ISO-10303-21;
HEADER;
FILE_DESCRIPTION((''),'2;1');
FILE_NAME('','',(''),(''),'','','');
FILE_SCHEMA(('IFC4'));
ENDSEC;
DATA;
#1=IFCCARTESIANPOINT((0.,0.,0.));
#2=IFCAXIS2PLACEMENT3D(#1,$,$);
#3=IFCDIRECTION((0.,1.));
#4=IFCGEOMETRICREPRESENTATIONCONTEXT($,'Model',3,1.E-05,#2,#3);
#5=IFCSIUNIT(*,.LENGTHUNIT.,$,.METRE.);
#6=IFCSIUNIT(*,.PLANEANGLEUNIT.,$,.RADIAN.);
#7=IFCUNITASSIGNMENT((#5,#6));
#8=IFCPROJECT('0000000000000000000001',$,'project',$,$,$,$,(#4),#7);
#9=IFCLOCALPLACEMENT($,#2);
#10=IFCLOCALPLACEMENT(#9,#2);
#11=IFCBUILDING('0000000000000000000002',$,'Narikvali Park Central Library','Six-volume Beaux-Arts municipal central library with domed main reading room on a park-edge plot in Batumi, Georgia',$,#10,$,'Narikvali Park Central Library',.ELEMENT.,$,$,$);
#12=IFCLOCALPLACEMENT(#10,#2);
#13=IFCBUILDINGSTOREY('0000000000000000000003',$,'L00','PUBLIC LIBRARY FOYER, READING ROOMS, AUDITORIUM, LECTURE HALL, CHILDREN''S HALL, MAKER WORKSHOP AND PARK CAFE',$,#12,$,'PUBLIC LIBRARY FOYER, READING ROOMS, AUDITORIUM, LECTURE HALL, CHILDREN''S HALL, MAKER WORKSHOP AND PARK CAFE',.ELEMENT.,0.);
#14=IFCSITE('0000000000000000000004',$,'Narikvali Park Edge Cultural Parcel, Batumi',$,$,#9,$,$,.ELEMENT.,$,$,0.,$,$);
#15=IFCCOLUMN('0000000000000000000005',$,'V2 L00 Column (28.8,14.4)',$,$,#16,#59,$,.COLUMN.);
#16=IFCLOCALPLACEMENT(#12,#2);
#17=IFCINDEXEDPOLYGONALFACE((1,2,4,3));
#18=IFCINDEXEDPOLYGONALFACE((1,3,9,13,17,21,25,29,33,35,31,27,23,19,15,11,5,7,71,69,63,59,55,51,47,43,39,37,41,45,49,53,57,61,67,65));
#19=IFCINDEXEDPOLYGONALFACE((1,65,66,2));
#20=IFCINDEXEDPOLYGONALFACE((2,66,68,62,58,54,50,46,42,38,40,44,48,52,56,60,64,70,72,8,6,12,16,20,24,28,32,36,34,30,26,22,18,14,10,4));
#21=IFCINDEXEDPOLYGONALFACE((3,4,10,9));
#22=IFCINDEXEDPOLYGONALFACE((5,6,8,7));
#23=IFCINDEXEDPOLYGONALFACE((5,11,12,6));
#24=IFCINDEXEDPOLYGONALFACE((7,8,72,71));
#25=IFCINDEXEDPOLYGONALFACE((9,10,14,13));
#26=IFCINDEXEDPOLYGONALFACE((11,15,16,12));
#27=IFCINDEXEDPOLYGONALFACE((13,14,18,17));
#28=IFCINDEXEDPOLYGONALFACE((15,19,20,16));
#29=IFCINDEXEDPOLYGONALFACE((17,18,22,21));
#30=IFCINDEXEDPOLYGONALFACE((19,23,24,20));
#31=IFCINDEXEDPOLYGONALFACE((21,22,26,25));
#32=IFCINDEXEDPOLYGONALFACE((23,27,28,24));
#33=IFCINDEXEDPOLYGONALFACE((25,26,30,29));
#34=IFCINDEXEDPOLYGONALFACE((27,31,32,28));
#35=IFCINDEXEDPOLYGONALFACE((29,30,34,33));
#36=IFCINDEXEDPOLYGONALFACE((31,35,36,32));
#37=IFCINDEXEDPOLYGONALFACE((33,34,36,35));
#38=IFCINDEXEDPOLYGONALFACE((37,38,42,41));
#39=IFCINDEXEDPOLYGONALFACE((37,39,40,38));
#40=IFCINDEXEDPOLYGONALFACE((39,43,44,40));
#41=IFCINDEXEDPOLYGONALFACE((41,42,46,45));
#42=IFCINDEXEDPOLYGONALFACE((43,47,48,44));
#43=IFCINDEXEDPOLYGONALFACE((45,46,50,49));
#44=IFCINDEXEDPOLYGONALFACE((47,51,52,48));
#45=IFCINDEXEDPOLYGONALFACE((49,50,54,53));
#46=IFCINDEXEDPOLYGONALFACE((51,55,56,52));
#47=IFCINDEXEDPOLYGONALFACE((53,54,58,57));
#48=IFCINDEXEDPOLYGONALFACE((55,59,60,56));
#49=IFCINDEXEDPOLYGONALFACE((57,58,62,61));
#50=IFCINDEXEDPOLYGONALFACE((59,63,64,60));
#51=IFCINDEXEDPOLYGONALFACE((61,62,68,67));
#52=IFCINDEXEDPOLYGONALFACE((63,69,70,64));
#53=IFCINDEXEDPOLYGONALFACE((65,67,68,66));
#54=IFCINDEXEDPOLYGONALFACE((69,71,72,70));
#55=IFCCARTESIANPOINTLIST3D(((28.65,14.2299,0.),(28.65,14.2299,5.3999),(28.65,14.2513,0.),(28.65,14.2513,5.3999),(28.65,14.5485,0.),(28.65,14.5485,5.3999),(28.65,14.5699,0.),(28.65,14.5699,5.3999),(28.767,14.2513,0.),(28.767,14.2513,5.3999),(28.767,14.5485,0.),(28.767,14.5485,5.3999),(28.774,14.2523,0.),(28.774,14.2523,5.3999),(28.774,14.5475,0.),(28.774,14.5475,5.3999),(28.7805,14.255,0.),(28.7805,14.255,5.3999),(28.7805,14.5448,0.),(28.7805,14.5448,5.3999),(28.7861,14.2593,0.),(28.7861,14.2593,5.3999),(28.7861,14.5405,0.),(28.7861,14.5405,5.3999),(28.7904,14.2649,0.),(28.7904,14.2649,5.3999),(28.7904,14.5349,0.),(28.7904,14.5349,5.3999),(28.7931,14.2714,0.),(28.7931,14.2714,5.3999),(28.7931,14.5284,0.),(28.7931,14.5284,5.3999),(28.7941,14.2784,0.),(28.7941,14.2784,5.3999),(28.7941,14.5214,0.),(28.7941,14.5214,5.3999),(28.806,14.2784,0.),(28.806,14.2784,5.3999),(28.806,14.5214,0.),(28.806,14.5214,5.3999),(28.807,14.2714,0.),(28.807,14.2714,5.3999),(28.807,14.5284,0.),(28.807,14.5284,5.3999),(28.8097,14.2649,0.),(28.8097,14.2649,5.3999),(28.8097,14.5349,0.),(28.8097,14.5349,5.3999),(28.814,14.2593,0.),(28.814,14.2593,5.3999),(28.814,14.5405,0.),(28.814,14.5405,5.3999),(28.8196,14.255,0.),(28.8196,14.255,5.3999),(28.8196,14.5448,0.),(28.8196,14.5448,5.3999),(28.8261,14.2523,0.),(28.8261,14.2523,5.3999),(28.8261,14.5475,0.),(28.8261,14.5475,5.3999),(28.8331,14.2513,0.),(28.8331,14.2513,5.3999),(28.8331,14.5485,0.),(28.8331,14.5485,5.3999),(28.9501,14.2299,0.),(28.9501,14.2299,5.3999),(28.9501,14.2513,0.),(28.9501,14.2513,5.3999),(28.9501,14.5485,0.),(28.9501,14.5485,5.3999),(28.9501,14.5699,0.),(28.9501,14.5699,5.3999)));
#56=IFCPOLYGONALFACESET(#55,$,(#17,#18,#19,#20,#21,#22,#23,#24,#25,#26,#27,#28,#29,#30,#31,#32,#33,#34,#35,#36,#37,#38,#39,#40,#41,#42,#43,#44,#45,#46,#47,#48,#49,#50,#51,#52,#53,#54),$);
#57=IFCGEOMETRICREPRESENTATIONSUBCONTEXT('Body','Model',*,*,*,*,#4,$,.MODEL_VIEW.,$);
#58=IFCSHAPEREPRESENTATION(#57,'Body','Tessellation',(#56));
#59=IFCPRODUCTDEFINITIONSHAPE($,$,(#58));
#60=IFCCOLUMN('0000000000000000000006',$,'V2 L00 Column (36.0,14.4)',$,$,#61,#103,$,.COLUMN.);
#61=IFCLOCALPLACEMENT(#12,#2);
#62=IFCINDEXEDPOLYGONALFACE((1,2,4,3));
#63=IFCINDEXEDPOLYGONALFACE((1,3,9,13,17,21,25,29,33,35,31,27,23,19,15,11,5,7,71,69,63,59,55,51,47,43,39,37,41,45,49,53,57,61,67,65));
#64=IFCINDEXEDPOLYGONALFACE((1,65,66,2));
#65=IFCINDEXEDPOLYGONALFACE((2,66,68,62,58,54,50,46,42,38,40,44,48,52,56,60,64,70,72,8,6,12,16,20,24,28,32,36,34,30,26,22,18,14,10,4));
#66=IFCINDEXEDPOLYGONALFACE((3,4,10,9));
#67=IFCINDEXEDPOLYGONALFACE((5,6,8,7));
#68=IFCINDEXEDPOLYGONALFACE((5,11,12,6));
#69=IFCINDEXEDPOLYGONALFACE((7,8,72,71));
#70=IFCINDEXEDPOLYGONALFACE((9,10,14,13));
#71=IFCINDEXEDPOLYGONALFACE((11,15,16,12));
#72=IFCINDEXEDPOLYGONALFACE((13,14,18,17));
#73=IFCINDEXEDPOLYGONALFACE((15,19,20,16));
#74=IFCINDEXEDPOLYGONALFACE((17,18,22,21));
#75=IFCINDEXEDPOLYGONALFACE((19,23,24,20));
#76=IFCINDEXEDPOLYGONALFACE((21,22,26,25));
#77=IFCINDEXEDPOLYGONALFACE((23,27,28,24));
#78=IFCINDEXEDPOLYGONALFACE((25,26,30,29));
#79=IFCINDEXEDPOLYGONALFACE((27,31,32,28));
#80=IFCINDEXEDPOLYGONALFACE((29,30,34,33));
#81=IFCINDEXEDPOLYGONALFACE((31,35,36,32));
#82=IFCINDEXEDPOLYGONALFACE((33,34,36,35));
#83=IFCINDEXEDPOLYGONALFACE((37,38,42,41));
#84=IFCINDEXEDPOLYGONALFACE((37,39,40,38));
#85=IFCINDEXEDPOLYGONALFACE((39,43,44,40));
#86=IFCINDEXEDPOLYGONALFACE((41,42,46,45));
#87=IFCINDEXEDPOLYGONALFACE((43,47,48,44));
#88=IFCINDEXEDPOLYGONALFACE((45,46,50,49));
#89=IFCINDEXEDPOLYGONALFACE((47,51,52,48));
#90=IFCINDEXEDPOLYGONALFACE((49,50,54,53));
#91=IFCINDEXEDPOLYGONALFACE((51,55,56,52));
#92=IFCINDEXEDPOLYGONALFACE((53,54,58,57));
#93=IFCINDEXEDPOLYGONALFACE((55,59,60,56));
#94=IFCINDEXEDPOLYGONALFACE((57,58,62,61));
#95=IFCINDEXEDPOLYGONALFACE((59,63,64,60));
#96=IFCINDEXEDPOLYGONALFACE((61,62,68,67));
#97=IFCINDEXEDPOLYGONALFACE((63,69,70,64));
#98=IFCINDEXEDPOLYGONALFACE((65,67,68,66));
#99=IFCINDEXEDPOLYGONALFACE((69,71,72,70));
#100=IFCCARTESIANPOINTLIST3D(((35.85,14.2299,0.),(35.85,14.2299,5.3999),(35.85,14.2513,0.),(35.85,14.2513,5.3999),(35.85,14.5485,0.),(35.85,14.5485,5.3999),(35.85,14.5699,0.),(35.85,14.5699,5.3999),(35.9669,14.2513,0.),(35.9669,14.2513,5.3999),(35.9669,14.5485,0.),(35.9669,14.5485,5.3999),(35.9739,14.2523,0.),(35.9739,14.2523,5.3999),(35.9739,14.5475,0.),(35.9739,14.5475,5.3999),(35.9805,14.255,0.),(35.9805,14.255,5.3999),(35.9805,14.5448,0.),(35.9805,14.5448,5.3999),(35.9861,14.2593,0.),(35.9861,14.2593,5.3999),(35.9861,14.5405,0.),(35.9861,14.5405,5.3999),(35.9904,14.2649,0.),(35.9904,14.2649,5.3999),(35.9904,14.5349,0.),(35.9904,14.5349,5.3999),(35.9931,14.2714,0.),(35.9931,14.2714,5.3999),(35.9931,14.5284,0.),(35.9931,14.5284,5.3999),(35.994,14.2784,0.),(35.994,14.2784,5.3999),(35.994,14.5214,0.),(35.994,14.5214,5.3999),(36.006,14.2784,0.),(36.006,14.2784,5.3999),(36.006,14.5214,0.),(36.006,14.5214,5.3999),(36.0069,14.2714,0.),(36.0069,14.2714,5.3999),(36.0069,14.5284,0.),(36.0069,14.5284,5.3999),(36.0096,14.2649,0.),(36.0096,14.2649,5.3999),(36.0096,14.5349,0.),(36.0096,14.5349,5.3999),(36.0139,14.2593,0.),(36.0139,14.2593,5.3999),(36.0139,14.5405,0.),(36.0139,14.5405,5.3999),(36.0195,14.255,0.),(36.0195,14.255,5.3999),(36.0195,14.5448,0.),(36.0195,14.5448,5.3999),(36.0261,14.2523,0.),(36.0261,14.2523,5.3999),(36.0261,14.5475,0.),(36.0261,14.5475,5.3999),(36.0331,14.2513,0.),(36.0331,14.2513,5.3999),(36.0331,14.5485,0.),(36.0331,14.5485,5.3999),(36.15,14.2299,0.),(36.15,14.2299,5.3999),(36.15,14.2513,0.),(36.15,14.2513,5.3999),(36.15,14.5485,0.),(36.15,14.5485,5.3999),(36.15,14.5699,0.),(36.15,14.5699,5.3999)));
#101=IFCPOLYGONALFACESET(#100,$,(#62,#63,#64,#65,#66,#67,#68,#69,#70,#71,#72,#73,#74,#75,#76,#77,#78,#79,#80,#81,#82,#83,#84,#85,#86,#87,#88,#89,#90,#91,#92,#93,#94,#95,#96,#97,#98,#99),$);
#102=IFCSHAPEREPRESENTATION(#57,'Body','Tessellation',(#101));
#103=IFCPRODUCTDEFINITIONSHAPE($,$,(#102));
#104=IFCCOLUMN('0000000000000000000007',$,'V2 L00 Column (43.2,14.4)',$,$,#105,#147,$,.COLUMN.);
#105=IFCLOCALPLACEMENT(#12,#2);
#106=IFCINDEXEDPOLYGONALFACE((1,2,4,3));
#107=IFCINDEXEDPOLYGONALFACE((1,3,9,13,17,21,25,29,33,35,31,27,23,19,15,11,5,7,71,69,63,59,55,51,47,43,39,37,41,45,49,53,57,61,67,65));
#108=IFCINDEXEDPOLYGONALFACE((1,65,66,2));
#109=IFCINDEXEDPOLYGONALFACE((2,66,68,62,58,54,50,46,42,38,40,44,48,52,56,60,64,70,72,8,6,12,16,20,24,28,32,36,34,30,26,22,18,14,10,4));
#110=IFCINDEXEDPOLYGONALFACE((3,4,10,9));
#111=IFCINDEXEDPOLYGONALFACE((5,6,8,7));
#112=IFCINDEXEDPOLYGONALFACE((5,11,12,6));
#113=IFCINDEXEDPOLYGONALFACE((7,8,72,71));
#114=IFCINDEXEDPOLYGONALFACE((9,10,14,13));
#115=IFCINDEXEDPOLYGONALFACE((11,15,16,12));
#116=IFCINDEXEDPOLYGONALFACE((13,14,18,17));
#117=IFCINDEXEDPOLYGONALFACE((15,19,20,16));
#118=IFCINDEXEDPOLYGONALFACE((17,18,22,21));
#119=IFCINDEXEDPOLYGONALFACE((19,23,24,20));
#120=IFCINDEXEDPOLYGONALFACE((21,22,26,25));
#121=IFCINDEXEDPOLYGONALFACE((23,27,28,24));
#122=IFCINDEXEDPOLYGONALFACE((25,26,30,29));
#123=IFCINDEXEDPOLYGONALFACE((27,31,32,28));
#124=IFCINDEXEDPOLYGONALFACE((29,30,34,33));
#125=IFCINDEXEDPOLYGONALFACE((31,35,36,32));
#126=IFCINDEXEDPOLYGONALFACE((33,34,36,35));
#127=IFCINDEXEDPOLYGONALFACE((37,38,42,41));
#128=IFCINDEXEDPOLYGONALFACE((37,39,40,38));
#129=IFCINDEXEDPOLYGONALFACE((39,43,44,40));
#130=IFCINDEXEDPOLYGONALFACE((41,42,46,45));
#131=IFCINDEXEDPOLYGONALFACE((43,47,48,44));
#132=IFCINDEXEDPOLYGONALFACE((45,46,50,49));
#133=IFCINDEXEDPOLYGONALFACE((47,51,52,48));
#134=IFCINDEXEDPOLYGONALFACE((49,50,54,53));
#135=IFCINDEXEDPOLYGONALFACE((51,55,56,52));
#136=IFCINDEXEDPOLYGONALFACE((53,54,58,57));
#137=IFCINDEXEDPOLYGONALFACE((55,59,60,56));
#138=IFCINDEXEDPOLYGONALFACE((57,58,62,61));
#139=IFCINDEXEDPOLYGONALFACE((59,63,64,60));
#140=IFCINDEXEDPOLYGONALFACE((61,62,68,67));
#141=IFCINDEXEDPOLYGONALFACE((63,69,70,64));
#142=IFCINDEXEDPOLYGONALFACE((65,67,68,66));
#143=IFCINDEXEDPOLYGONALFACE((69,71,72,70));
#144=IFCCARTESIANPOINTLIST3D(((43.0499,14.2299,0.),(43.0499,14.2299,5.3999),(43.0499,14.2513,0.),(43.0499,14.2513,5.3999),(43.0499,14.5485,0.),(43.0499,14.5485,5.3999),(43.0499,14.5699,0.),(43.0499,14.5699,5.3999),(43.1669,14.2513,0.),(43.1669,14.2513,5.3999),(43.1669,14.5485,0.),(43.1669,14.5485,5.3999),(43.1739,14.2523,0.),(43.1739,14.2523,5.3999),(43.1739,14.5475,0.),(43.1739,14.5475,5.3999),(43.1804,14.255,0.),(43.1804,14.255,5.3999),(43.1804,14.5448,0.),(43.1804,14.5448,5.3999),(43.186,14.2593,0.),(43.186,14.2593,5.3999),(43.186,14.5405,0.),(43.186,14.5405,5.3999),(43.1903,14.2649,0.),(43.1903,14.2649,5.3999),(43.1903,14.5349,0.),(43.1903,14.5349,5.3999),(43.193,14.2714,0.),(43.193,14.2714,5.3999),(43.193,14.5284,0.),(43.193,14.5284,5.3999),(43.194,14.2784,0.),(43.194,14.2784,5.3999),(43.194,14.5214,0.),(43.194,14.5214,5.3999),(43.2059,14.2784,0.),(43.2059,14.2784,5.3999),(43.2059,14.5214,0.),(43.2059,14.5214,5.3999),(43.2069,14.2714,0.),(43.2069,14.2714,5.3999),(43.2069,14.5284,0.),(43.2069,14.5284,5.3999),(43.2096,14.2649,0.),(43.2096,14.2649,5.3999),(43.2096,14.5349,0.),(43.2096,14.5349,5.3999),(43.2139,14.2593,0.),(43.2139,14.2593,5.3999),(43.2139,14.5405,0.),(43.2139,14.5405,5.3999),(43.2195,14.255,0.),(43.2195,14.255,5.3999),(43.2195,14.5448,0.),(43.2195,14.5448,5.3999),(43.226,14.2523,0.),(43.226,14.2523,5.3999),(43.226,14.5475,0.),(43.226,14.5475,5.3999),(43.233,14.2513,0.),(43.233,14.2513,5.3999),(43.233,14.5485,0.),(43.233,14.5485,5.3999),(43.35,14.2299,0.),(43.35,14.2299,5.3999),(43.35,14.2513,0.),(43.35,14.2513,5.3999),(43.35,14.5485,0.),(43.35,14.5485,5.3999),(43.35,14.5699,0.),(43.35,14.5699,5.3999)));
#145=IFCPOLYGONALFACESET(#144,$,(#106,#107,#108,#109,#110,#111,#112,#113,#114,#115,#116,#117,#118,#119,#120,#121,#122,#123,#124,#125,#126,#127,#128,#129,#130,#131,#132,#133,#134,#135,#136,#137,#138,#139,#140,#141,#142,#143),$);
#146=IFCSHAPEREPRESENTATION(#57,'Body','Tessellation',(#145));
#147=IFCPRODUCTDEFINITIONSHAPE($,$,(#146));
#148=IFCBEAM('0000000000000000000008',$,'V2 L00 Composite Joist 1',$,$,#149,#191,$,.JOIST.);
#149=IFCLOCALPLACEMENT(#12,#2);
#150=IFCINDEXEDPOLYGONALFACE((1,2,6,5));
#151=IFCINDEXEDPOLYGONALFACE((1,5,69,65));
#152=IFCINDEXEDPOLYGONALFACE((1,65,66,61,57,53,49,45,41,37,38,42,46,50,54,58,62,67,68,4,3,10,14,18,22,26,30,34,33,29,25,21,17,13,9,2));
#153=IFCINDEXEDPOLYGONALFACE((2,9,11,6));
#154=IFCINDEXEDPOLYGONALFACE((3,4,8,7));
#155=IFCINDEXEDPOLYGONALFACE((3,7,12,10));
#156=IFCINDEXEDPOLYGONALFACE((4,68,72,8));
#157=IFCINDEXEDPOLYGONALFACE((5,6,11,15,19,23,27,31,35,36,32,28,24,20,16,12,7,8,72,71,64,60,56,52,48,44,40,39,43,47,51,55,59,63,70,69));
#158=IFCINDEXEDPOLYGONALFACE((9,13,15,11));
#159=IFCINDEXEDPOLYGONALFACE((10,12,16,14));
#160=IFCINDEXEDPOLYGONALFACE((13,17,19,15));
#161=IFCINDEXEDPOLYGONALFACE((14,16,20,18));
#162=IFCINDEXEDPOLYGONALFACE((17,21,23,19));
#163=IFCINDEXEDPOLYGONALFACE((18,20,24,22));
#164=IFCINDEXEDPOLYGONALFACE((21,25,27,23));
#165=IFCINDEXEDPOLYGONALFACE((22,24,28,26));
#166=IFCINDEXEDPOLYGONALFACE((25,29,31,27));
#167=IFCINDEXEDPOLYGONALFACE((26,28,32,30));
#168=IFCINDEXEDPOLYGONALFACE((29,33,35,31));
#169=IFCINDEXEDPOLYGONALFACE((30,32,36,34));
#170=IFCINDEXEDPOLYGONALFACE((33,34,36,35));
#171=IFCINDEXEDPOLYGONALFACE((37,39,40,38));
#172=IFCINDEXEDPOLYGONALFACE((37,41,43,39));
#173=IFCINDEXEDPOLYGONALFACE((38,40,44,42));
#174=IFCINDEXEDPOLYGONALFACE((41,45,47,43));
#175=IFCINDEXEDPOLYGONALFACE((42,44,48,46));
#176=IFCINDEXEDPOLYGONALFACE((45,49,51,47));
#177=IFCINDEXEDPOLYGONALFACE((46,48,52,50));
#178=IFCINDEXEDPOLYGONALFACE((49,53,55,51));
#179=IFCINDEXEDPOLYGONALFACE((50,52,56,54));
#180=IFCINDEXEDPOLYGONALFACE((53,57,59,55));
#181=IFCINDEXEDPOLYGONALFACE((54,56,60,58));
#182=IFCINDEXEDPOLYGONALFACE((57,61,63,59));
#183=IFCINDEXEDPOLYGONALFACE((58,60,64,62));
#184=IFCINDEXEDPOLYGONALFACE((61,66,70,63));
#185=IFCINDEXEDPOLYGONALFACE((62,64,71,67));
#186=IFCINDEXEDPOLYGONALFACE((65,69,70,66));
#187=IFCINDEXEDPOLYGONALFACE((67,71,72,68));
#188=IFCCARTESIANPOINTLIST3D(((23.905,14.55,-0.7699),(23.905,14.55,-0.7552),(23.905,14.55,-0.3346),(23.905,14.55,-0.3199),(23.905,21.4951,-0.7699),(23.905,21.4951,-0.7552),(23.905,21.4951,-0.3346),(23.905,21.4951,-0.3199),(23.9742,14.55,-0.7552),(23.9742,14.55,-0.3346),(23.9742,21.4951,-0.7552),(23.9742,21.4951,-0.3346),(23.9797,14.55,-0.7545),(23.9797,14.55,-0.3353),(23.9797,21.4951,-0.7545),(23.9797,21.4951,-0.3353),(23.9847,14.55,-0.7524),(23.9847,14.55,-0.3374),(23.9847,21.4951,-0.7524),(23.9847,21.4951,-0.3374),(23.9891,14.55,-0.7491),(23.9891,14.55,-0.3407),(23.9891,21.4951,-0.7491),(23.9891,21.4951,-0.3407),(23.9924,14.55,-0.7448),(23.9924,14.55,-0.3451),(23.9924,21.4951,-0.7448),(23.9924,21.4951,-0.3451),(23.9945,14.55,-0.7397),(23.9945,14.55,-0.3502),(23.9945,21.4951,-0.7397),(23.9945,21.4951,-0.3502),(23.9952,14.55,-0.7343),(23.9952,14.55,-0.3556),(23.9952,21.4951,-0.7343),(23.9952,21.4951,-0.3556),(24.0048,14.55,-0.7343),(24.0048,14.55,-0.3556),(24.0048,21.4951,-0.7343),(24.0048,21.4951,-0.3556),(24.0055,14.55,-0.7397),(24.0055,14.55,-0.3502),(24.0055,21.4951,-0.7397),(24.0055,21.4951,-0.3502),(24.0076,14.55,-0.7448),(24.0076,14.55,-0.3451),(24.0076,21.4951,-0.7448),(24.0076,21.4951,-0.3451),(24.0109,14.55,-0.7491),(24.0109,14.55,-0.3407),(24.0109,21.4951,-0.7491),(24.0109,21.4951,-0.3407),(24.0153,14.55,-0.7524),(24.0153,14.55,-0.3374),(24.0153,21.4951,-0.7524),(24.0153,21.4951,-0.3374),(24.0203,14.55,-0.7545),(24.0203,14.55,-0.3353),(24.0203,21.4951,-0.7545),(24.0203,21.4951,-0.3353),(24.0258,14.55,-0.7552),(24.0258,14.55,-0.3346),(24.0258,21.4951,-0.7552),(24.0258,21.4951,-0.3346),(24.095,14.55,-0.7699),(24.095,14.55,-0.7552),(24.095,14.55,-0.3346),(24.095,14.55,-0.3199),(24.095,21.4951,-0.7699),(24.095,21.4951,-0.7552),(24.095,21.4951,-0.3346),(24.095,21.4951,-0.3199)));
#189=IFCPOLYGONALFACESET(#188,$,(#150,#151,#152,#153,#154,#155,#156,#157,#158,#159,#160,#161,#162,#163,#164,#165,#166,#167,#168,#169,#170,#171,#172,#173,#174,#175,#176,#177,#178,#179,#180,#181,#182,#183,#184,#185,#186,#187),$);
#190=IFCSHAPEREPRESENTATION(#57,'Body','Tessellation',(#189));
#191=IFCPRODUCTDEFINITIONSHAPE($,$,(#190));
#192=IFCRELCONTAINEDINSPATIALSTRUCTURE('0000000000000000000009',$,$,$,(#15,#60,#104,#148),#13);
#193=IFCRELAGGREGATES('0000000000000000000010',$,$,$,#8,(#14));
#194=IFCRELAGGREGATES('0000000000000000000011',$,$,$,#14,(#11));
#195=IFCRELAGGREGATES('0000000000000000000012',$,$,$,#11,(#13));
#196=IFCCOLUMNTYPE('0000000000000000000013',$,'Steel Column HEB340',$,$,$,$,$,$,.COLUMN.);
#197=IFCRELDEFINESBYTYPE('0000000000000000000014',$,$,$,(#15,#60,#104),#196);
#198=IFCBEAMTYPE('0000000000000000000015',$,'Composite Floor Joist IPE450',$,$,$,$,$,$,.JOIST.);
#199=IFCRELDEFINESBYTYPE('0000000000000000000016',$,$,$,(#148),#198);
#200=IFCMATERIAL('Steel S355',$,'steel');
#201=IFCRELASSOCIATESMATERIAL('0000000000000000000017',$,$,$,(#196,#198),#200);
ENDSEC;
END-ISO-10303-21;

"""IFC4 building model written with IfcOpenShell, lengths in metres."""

from ifc_helpers import new_model, si_unit, direction, frame, origin, origin_2d, place, context, subcontext, project, spatial, i_section, extrude, material, material_profile, profile_set, type_object, element, save


model = new_model("IFC4")

# Units and contexts
model_context = context("Model", 3, precision=1e-05, world=origin(), true_north=direction((0.0, 1.0)))
body_context = subcontext(model_context, "Body", "Model", "MODEL_VIEW")
ifc_project = project(units=[si_unit("LENGTHUNIT", "METRE"), si_unit("PLANEANGLEUNIT", "RADIAN")], contexts=[model_context])

# Site, building, storey
site_placement = place(None, origin())
site = spatial("IfcSite", under=ifc_project, at=site_placement, Name="Narikvali Park Edge Cultural Parcel, Batumi", CompositionType="ELEMENT", RefElevation=0.0)
building_placement = place(site_placement, origin())
building = spatial("IfcBuilding", under=site, at=building_placement, Name="Narikvali Park Central Library", Description="Six-volume Beaux-Arts municipal central library with domed main reading room on a park-edge plot in Batumi, Georgia", LongName="Narikvali Park Central Library", CompositionType="ELEMENT")
storey_placement = place(building_placement, origin())
storey = spatial("IfcBuildingStorey", under=building, at=storey_placement, Name="L00", Description="PUBLIC LIBRARY FOYER, READING ROOMS, AUDITORIUM, LECTURE HALL, CHILDREN'S HALL, MAKER WORKSHOP AND PARK CAFE", LongName="PUBLIC LIBRARY FOYER, READING ROOMS, AUDITORIUM, LECTURE HALL, CHILDREN'S HALL, MAKER WORKSHOP AND PARK CAFE", CompositionType="ELEMENT", Elevation=0.0)

# Columns
ifc_material_1 = material(Name="Steel S355", Category="steel")
ifc_material_profile_1 = material_profile(ifc_material_1, i_section(OverallWidth=0.3, OverallDepth=0.3401, WebThickness=0.012, FlangeThickness=0.0215, FilletRadius=0.0271, at=origin_2d()), Name="HEB 340")
ifc_profile_set_1 = profile_set([ifc_material_profile_1], Name="Steel S355")
column_type = type_object("IfcColumnType", Name="Steel Column HEB340", PredefinedType="COLUMN", material=ifc_profile_set_1)
for number, where, z_axis, x_axis, name in (
    (1, (28.8, 14.3999, 0.0), (0.0, 0.0, 1.0), (1.0, 0.0, 0.0), "V2 L00 Column (28.8,14.4)"),
    (2, (36.0, 14.3999, 0.0), (0.0, 0.0, 1.0), (1.0, 0.0, 0.0), "V2 L00 Column (36.0,14.4)"),
    (3, (43.2, 14.3999, 0.0), (0.0, 0.0, 1.0), (1.0, 0.0, 0.0), "V2 L00 Column (43.2,14.4)"),
):
    element("IfcColumn", number, at=place(storey_placement, frame(where, z_axis=z_axis, x_axis=x_axis)), inside=storey, type_object=column_type, Name=name, PredefinedType="COLUMN", context=body_context, shape_type="SweptSolid", body=[
        extrude(i_section(OverallWidth=0.3, OverallDepth=0.3401, WebThickness=0.012, FlangeThickness=0.0215, FilletRadius=0.0271, at=origin_2d()), origin(), (0.0, 0.0, 1.0), 5.3999),
    ])

# Beam
ifc_material_profile_2 = material_profile(ifc_material_1, i_section(OverallWidth=0.1899, OverallDepth=0.45, WebThickness=0.0095, FlangeThickness=0.0146, FilletRadius=0.021, at=origin_2d()), Name="IPE 450")
ifc_profile_set_2 = profile_set([ifc_material_profile_2], Name="Steel S355")
beam_type_1 = type_object("IfcBeamType", Name="Composite Floor Joist IPE450", PredefinedType="JOIST", material=ifc_profile_set_2)
for number, where, z_axis, x_axis, name in (
    (4, (24.0, 14.55, -0.5449), (0.0, 1.0, 0.0), (-1.0, 0.0, 0.0), "V2 L00 Composite Joist 1"),
):
    element("IfcBeam", number, at=place(storey_placement, frame(where, z_axis=z_axis, x_axis=x_axis)), inside=storey, type_object=beam_type_1, Name=name, PredefinedType="JOIST", context=body_context, shape_type="SweptSolid", body=[
        extrude(i_section(OverallWidth=0.1899, OverallDepth=0.45, WebThickness=0.0095, FlangeThickness=0.0146, FilletRadius=0.021, at=origin_2d()), origin(), (0.0, 0.0, 1.0), 6.9451),
    ])

save(model, "model.ifc")
